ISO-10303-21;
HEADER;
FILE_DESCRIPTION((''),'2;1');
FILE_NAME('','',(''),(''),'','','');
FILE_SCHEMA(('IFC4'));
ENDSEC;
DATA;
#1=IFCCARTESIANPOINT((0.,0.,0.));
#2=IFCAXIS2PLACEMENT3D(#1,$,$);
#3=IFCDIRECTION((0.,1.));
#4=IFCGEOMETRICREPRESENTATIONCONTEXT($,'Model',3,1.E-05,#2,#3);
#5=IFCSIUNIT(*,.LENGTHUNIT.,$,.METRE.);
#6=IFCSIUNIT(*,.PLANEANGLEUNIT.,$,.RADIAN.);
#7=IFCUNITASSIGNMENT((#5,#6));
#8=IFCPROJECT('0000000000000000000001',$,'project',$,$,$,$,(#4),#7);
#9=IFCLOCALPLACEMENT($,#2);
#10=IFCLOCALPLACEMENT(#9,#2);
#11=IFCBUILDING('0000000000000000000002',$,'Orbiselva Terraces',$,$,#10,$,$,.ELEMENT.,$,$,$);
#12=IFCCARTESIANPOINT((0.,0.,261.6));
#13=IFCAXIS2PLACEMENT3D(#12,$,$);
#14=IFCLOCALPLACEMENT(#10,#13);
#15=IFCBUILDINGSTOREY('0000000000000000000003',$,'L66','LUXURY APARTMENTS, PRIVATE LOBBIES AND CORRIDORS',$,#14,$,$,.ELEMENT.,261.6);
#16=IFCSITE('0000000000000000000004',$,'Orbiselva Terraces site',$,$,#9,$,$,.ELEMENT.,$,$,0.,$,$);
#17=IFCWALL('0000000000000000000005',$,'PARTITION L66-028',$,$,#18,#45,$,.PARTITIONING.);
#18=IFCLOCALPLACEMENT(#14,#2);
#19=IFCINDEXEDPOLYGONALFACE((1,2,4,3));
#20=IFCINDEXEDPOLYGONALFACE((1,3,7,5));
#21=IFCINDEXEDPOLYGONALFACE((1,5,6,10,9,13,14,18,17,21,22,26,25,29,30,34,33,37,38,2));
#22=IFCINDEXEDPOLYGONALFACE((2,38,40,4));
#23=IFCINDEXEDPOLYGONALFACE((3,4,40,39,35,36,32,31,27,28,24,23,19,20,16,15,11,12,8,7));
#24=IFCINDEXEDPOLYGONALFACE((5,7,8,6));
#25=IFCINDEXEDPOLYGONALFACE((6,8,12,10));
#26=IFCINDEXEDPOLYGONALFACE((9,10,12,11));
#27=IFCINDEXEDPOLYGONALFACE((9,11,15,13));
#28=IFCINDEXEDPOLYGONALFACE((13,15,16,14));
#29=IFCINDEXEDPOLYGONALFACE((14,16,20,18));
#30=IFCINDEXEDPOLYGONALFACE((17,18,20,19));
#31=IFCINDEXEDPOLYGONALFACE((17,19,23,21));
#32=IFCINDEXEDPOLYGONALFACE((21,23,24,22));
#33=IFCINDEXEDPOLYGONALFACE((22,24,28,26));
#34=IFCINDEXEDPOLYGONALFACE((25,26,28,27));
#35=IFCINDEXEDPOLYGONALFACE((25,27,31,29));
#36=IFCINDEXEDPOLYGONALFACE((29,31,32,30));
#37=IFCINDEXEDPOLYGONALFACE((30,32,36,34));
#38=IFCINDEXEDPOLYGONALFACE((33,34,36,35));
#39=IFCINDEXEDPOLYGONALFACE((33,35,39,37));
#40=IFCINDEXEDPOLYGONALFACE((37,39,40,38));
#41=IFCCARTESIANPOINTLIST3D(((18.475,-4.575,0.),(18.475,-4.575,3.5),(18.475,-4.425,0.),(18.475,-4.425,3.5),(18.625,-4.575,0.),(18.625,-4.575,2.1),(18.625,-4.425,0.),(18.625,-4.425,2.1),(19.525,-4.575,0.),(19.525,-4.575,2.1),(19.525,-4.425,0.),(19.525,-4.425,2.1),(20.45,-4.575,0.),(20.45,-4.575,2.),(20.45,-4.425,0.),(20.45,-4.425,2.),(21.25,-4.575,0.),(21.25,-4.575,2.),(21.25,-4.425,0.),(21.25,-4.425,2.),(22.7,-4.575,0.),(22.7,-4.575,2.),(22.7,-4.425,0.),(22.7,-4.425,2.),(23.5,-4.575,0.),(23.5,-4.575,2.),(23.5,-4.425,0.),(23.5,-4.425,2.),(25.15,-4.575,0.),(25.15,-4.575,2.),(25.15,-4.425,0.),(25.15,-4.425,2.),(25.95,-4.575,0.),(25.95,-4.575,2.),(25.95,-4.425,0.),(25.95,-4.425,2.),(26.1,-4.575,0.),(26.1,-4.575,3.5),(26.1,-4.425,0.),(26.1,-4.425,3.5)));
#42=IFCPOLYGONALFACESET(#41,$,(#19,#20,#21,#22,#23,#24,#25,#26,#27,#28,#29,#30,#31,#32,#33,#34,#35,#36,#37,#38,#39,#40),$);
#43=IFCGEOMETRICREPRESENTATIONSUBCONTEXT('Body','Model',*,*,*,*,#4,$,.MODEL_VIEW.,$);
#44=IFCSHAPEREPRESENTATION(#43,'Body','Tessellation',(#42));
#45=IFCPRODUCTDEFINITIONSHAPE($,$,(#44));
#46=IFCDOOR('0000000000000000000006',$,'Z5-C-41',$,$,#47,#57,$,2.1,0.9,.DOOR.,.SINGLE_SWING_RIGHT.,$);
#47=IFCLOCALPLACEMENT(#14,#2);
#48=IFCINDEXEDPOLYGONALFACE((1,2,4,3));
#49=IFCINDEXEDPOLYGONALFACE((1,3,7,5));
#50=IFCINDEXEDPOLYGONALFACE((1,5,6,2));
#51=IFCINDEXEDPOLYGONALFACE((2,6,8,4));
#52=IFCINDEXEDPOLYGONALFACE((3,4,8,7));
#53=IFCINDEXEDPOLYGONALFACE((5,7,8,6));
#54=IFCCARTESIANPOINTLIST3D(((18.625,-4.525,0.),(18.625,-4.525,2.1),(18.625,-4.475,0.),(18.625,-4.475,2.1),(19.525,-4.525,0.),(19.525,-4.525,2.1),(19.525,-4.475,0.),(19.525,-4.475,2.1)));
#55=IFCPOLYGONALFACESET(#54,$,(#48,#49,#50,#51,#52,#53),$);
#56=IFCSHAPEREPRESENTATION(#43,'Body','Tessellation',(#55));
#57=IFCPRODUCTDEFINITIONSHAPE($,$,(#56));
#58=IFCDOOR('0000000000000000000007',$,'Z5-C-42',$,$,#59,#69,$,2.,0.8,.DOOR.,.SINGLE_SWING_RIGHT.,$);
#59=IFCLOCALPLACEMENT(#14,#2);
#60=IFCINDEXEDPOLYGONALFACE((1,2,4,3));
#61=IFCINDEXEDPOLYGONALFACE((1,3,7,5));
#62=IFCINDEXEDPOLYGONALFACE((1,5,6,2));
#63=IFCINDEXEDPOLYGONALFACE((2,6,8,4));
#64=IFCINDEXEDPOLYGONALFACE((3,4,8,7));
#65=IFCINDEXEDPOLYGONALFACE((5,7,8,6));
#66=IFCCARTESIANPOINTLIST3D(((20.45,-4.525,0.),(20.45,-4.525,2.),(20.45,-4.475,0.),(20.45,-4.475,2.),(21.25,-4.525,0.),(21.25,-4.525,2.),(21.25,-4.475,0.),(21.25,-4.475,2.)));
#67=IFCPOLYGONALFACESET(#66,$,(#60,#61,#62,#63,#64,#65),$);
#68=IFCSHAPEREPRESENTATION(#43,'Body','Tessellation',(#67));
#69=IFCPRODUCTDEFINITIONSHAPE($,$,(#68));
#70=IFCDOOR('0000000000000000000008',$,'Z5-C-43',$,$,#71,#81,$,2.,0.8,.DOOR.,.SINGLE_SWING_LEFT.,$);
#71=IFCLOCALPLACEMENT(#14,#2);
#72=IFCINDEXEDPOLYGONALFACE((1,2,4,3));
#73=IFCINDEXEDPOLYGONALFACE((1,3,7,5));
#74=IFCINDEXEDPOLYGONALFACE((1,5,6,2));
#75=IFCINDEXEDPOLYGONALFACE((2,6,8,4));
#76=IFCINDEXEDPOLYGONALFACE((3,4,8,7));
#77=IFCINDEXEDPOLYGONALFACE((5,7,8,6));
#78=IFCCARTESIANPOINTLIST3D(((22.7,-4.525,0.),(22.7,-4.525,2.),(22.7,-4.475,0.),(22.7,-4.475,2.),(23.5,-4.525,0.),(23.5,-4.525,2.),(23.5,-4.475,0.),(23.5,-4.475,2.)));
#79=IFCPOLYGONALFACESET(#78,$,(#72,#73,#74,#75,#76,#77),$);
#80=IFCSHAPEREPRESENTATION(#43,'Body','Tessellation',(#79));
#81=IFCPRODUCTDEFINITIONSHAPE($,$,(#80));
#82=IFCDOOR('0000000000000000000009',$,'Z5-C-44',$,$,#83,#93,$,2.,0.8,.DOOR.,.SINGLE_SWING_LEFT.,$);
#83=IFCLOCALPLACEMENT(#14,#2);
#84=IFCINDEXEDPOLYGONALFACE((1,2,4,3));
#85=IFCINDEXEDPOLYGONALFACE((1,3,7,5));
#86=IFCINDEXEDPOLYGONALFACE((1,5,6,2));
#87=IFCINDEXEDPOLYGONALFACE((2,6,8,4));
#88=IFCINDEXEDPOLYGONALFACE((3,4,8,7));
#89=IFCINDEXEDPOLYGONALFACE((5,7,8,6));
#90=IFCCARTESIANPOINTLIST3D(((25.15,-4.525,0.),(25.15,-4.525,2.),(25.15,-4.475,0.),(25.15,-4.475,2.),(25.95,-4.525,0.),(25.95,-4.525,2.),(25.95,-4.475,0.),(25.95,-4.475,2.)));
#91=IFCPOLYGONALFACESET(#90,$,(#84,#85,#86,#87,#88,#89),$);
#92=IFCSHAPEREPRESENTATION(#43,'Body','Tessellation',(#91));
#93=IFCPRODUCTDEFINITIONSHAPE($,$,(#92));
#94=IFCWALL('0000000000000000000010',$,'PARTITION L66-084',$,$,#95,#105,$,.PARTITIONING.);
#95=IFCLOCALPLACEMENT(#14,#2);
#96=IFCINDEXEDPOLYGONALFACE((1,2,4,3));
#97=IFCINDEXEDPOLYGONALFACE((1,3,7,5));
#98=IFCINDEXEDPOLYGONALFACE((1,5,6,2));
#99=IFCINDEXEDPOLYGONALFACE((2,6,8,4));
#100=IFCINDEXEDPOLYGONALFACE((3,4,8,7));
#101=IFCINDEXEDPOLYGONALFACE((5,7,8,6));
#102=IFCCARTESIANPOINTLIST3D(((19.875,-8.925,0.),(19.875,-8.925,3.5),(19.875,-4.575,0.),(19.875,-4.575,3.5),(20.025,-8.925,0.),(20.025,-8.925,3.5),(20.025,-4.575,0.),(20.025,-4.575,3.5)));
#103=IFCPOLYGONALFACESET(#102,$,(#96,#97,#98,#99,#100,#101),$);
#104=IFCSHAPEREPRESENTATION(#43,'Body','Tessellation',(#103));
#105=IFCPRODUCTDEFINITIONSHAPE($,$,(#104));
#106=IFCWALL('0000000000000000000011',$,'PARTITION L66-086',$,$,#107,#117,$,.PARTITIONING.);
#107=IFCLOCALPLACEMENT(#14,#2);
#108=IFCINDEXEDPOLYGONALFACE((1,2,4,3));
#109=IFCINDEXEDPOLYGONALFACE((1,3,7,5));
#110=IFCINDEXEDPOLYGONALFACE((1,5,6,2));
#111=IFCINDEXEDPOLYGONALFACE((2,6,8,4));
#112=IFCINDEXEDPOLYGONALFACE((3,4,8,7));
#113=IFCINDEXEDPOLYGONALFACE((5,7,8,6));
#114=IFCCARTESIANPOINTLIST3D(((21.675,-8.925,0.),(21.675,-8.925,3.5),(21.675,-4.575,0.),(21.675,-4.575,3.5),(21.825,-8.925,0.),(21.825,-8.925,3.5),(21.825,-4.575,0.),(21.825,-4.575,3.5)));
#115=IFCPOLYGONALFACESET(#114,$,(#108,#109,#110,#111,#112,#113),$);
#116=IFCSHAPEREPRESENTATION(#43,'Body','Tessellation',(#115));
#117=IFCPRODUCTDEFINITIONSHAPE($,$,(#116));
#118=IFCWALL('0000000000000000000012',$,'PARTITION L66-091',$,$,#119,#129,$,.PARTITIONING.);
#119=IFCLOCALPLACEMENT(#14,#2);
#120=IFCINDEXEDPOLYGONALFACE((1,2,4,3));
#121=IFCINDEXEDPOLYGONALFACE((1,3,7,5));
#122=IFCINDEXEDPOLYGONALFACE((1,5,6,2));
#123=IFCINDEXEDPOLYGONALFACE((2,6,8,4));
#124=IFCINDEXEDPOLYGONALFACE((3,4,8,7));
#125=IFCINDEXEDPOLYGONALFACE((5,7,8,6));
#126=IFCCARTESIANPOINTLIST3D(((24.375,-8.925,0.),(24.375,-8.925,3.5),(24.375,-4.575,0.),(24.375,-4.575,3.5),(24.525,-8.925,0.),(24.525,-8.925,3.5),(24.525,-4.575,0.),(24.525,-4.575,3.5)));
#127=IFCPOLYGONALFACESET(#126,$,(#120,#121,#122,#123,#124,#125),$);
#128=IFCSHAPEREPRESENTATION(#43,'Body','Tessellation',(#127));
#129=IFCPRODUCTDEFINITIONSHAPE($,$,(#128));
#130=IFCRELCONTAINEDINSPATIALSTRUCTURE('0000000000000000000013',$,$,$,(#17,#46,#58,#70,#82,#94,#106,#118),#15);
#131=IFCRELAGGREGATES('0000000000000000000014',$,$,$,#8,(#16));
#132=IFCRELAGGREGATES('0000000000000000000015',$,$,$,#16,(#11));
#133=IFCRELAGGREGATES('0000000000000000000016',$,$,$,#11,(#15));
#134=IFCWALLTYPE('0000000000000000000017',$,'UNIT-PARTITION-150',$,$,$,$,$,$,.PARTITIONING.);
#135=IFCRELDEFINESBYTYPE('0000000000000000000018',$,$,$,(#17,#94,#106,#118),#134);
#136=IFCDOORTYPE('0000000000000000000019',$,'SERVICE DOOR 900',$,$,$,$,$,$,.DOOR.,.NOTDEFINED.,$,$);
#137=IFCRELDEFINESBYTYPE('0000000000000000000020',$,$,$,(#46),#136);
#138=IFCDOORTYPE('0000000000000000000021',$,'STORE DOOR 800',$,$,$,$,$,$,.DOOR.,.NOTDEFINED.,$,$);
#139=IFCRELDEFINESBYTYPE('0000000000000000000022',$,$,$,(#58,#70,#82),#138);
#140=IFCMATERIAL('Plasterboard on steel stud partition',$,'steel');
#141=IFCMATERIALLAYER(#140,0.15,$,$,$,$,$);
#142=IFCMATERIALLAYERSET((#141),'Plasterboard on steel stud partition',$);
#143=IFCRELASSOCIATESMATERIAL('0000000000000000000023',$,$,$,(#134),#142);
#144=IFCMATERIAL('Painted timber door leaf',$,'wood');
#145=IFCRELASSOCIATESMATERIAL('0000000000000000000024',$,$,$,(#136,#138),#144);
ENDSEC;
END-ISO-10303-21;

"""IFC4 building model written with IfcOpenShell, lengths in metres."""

from ifc_helpers import new_model, si_unit, direction, frame, frame_2d, origin, place, context, subcontext, project, spatial, rectangle, extrude, material, layer, layer_set, type_object, element, fill, save


model = new_model("IFC4")

# Units and contexts
model_context = context("Model", 3, precision=1e-05, world=origin(), true_north=direction((0.0, 1.0)))
body_context = subcontext(model_context, "Body", "Model", "MODEL_VIEW")
ifc_project = project(units=[si_unit("LENGTHUNIT", "METRE"), si_unit("PLANEANGLEUNIT", "RADIAN")], contexts=[model_context])

# Site, building, storey
site_placement = place(None, origin())
site = spatial("IfcSite", under=ifc_project, at=site_placement, Name="Orbiselva Terraces site", CompositionType="ELEMENT", RefElevation=0.0)
building_placement = place(site_placement, origin())
building = spatial("IfcBuilding", under=site, at=building_placement, Name="Orbiselva Terraces", CompositionType="ELEMENT")
storey_placement = place(building_placement, frame((0.0, 0.0, 261.6)))
storey = spatial("IfcBuildingStorey", under=building, at=storey_placement, Name="L66", Description="LUXURY APARTMENTS, PRIVATE LOBBIES AND CORRIDORS", CompositionType="ELEMENT", Elevation=261.6)

# Shared definitions
ifc_material_1 = material(Name="Plasterboard on steel stud partition", Category="steel")
ifc_layer_1 = layer(ifc_material_1, 0.15)
ifc_layer_set_1 = layer_set([ifc_layer_1], Name="Plasterboard on steel stud partition")
wall_type_1 = type_object("IfcWallType", Name="UNIT-PARTITION-150", PredefinedType="PARTITIONING", material=ifc_layer_set_1)

# Wall, openings, doors
wall_1_placement = place(storey_placement, frame((26.1, -4.5, 0.0), z_axis=(0.0, 0.0, 1.0), x_axis=(-1.0, 0.0, 0.0)))
wall_1 = element("IfcWall", 1, at=wall_1_placement, inside=storey, type_object=wall_type_1, Name="PARTITION L66-028", PredefinedType="PARTITIONING", context=body_context, shape_type="SweptSolid", body=[
    extrude(rectangle(XDim=7.625, YDim=0.15, at=frame_2d((3.8125, 0.0))), origin(), (0.0, 0.0, 1.0), 3.5),
])
opening_1_placement = place(wall_1_placement, frame((6.575, 0.0, 0.0)))
opening_1 = element("IfcOpeningElement", 2, at=opening_1_placement, cuts=wall_1, PredefinedType="OPENING", context=body_context, shape_type="SweptSolid", body=[
    extrude(rectangle(XDim=0.9, YDim=2.1, at=frame_2d((0.45, 1.05))), frame((0.0, 0.085, 0.0), z_axis=(0.0, -1.0, 0.0), x_axis=(1.0, 0.0, 0.0)), (0.0, 0.0, 1.0), 0.17),
])
opening_2_placement = place(wall_1_placement, frame((4.85, 0.0, 0.0)))
opening_2 = element("IfcOpeningElement", 3, at=opening_2_placement, cuts=wall_1, PredefinedType="OPENING", context=body_context, shape_type="SweptSolid", body=[
    extrude(rectangle(XDim=0.8, YDim=2.0, at=frame_2d((0.4, 1.0))), frame((0.0, 0.085, 0.0), z_axis=(0.0, -1.0, 0.0), x_axis=(1.0, 0.0, 0.0)), (0.0, 0.0, 1.0), 0.17),
])
opening_3_placement = place(wall_1_placement, frame((2.6, 0.0, 0.0)))
opening_3 = element("IfcOpeningElement", 4, at=opening_3_placement, cuts=wall_1, PredefinedType="OPENING", context=body_context, shape_type="SweptSolid", body=[
    extrude(rectangle(XDim=0.8, YDim=2.0, at=frame_2d((0.4, 1.0))), frame((0.0, 0.085, 0.0), z_axis=(0.0, -1.0, 0.0), x_axis=(1.0, 0.0, 0.0)), (0.0, 0.0, 1.0), 0.17),
])
opening_4_placement = place(wall_1_placement, frame((0.15, 0.0, 0.0)))
opening_4 = element("IfcOpeningElement", 5, at=opening_4_placement, cuts=wall_1, PredefinedType="OPENING", context=body_context, shape_type="SweptSolid", body=[
    extrude(rectangle(XDim=0.8, YDim=2.0, at=frame_2d((0.4, 1.0))), frame((0.0, 0.085, 0.0), z_axis=(0.0, -1.0, 0.0), x_axis=(1.0, 0.0, 0.0)), (0.0, 0.0, 1.0), 0.17),
])
ifc_material_2 = material(Name="Painted timber door leaf", Category="wood")
door_type_1 = type_object("IfcDoorType", Name="SERVICE DOOR 900", OperationType="NOTDEFINED", PredefinedType="DOOR", material=ifc_material_2)
door_1_placement = place(opening_1_placement, origin())
door_1 = element("IfcDoor", 6, at=door_1_placement, inside=storey, type_object=door_type_1, Name="Z5-C-41", OperationType="SINGLE_SWING_RIGHT", OverallHeight=2.1, OverallWidth=0.9, PredefinedType="DOOR", context=body_context, shape_type="SweptSolid", body=[
    extrude(rectangle(XDim=0.9, YDim=2.1, at=frame_2d((0.45, 1.05))), frame((0.0, 0.025, 0.0), z_axis=(0.0, -1.0, 0.0), x_axis=(1.0, 0.0, 0.0)), (0.0, 0.0, 1.0), 0.05),
])
fill(opening_1, door_1)
door_type_2 = type_object("IfcDoorType", Name="STORE DOOR 800", OperationType="NOTDEFINED", PredefinedType="DOOR", material=ifc_material_2)
door_2_placement = place(opening_2_placement, origin())
door_2 = element("IfcDoor", 7, at=door_2_placement, inside=storey, type_object=door_type_2, Name="Z5-C-42", OperationType="SINGLE_SWING_RIGHT", OverallHeight=2.0, OverallWidth=0.8, PredefinedType="DOOR", context=body_context, shape_type="SweptSolid", body=[
    extrude(rectangle(XDim=0.8, YDim=2.0, at=frame_2d((0.4, 1.0))), frame((0.0, 0.025, 0.0), z_axis=(0.0, -1.0, 0.0), x_axis=(1.0, 0.0, 0.0)), (0.0, 0.0, 1.0), 0.05),
])
fill(opening_2, door_2)
door_3_placement = place(opening_3_placement, origin())
door_3 = element("IfcDoor", 8, at=door_3_placement, inside=storey, type_object=door_type_2, Name="Z5-C-43", OperationType="SINGLE_SWING_LEFT", OverallHeight=2.0, OverallWidth=0.8, PredefinedType="DOOR", context=body_context, shape_type="SweptSolid", body=[
    extrude(rectangle(XDim=0.8, YDim=2.0, at=frame_2d((0.4, 1.0))), frame((0.0, 0.025, 0.0), z_axis=(0.0, -1.0, 0.0), x_axis=(1.0, 0.0, 0.0)), (0.0, 0.0, 1.0), 0.05),
])
fill(opening_3, door_3)
door_4_placement = place(opening_4_placement, origin())
door_4 = element("IfcDoor", 9, at=door_4_placement, inside=storey, type_object=door_type_2, Name="Z5-C-44", OperationType="SINGLE_SWING_LEFT", OverallHeight=2.0, OverallWidth=0.8, PredefinedType="DOOR", context=body_context, shape_type="SweptSolid", body=[
    extrude(rectangle(XDim=0.8, YDim=2.0, at=frame_2d((0.4, 1.0))), frame((0.0, 0.025, 0.0), z_axis=(0.0, -1.0, 0.0), x_axis=(1.0, 0.0, 0.0)), (0.0, 0.0, 1.0), 0.05),
])
fill(opening_4, door_4)

# Walls
for number, where, z_axis, x_axis, name in (
    (10, (19.95, -8.925, 0.0), (0.0, 0.0, 1.0), (0.0, 1.0, 0.0), "PARTITION L66-084"),
    (11, (21.75, -8.925, 0.0), (0.0, 0.0, 1.0), (0.0, 1.0, 0.0), "PARTITION L66-086"),
    (12, (24.45, -8.925, 0.0), (0.0, 0.0, 1.0), (0.0, 1.0, 0.0), "PARTITION L66-091"),
):
    element("IfcWall", number, at=place(storey_placement, frame(where, z_axis=z_axis, x_axis=x_axis)), inside=storey, type_object=wall_type_1, Name=name, PredefinedType="PARTITIONING", context=body_context, shape_type="SweptSolid", body=[
        extrude(rectangle(XDim=4.35, YDim=0.15, at=frame_2d((2.175, 0.0))), origin(), (0.0, 0.0, 1.0), 3.5),
    ])

save(model, "model.ifc")
